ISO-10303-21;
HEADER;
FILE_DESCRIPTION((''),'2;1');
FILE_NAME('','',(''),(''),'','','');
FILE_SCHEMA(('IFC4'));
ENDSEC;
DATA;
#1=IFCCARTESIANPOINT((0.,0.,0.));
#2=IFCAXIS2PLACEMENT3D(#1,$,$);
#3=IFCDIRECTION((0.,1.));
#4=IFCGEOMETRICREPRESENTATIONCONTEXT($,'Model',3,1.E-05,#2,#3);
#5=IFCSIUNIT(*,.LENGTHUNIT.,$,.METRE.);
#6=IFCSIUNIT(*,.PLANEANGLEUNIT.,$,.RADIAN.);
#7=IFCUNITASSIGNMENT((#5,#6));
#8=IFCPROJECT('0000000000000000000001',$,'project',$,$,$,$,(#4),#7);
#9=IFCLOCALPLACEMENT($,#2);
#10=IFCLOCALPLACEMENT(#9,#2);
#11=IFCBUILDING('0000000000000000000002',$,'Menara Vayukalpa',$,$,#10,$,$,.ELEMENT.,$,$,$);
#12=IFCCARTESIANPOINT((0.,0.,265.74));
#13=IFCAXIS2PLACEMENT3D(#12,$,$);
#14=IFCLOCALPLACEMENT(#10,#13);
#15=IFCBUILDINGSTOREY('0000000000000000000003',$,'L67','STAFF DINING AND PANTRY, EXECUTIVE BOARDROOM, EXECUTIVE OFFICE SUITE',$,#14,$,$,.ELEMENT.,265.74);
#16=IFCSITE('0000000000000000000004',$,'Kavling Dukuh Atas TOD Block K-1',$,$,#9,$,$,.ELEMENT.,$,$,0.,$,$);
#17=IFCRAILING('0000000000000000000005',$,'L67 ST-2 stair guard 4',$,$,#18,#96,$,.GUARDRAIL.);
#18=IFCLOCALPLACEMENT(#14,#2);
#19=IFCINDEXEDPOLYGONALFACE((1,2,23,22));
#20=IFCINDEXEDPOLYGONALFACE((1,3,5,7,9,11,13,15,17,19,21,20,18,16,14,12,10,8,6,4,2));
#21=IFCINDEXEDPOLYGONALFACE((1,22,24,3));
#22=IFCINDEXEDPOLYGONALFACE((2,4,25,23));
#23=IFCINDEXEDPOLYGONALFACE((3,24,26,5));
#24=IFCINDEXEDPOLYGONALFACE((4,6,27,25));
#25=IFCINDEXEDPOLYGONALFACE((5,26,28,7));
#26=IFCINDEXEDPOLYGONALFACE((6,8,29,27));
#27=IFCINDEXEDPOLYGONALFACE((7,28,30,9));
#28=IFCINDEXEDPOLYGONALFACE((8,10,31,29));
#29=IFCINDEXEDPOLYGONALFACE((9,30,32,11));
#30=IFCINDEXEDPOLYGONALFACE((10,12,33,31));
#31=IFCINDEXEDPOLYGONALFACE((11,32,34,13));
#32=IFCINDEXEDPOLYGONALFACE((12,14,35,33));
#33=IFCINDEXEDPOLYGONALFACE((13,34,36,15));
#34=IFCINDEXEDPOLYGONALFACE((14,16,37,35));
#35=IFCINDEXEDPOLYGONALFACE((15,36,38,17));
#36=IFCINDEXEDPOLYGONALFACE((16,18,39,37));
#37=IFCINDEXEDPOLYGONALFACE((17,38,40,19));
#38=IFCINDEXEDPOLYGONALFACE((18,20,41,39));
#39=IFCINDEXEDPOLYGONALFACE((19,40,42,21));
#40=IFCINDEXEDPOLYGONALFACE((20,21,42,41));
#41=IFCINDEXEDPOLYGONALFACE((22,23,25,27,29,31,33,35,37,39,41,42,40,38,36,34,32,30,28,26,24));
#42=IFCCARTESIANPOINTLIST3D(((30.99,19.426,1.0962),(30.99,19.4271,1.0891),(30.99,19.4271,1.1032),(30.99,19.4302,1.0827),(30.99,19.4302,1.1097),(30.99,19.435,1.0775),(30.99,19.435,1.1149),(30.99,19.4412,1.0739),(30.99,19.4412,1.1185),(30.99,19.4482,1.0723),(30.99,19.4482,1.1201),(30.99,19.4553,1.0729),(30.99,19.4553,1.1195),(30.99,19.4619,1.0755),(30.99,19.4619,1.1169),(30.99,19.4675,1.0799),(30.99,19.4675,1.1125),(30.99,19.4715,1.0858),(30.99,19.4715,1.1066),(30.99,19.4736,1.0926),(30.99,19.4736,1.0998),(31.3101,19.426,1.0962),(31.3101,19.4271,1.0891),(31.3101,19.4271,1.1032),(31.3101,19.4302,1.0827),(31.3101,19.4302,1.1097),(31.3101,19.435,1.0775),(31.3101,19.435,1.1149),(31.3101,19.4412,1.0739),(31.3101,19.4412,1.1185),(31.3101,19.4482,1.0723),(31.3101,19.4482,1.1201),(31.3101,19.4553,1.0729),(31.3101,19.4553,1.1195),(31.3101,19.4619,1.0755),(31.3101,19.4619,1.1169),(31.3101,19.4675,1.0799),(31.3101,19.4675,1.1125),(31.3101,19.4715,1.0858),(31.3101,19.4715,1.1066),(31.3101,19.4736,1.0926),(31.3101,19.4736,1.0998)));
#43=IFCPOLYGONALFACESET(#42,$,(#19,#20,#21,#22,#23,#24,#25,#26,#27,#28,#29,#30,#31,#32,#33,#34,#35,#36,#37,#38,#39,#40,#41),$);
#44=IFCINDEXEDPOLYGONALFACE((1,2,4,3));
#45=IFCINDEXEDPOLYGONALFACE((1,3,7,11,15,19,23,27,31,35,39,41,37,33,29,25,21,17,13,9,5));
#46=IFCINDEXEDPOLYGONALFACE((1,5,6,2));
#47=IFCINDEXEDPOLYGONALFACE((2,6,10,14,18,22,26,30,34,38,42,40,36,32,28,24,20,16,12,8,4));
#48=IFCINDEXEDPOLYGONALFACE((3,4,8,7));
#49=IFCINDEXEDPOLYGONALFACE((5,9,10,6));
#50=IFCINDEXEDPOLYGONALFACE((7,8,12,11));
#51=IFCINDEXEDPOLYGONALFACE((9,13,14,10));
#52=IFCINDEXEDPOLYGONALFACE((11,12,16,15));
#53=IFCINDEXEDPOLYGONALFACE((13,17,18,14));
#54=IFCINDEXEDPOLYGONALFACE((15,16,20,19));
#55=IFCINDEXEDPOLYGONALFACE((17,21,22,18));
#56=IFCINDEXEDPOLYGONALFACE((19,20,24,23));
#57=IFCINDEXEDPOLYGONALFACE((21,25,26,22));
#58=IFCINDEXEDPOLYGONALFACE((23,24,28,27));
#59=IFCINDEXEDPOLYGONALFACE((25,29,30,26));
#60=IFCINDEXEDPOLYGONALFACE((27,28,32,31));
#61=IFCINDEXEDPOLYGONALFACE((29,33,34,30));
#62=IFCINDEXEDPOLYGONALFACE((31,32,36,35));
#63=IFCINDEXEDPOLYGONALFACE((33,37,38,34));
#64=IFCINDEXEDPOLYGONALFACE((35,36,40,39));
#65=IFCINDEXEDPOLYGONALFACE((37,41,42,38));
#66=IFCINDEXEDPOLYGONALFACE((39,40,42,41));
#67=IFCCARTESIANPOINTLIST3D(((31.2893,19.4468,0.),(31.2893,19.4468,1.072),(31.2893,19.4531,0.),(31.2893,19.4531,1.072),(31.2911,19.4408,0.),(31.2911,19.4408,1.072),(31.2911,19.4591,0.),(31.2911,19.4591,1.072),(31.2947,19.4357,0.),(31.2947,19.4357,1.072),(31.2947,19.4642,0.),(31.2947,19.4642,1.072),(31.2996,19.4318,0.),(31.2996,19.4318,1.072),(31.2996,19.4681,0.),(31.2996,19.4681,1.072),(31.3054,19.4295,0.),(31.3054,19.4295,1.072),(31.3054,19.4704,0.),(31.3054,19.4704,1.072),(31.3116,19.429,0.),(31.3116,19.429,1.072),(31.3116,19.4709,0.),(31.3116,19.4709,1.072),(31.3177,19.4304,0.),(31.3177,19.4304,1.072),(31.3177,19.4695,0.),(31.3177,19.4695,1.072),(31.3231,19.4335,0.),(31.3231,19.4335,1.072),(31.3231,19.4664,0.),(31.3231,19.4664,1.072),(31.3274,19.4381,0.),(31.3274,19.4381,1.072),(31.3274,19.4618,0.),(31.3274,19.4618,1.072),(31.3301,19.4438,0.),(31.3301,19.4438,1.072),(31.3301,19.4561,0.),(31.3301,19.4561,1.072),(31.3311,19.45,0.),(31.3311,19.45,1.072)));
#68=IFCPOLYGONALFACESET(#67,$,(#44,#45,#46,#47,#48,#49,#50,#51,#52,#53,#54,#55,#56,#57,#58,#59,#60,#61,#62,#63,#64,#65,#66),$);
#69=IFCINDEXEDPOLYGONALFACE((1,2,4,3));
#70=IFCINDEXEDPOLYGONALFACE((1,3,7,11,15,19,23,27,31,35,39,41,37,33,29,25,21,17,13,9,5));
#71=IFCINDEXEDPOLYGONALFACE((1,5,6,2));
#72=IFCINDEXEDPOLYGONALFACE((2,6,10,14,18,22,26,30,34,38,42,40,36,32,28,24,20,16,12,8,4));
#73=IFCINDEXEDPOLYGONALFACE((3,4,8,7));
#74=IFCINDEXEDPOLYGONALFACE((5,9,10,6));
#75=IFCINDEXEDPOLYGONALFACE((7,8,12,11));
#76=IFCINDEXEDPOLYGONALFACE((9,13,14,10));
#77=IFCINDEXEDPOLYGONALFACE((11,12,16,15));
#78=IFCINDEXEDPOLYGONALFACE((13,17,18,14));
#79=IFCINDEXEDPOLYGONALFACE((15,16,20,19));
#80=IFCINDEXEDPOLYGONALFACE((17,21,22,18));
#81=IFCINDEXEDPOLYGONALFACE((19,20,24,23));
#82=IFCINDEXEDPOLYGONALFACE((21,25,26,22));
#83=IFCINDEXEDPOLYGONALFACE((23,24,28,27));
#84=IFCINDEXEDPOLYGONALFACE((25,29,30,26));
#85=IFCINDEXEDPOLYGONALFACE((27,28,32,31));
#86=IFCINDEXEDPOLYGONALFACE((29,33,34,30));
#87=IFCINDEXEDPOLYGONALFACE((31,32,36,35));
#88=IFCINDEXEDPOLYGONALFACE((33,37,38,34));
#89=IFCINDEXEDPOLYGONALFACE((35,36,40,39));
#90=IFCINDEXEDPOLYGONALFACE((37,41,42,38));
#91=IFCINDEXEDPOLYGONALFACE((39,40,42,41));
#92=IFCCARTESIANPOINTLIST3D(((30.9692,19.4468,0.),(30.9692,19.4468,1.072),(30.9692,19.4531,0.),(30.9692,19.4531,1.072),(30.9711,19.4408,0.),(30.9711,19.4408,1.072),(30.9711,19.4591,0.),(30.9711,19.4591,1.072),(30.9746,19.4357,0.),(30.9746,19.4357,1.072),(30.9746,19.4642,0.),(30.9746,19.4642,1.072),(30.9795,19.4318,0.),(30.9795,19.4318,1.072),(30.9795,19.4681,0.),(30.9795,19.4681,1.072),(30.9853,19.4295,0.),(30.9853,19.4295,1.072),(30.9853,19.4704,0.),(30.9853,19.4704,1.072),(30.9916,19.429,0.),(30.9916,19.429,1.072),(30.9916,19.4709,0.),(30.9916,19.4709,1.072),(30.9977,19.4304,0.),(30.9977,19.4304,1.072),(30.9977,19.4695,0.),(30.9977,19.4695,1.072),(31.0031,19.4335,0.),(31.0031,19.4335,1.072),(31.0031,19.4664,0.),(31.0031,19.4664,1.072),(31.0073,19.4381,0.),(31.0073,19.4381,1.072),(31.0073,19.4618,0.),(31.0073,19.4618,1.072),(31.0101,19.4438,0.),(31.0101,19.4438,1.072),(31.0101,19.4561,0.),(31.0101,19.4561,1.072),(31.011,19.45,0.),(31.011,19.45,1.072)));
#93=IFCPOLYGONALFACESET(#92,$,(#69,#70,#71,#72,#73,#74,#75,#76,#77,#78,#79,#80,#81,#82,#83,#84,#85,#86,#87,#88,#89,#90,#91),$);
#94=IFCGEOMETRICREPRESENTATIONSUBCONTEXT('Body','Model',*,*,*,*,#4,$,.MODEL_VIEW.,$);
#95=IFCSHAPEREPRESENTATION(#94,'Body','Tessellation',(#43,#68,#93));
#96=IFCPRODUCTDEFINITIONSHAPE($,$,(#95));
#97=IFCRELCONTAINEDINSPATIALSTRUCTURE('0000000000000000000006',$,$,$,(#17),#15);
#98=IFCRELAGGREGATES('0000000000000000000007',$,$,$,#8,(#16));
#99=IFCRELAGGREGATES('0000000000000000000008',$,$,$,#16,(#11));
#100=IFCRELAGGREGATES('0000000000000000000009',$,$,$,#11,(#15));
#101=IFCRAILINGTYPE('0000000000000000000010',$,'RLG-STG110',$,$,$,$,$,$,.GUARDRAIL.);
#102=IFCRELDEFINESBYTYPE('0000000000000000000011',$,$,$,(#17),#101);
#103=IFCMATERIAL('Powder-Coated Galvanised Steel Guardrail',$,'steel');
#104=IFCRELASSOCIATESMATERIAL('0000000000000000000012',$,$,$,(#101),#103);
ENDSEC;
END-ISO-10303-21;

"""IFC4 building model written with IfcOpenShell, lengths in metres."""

from ifc_helpers import new_model, si_unit, direction, frame, origin, origin_2d, place, context, subcontext, project, spatial, circle, extrude, material, type_object, element, save


model = new_model("IFC4")

# Units and contexts
model_context = context("Model", 3, precision=1e-05, world=origin(), true_north=direction((0.0, 1.0)))
body_context = subcontext(model_context, "Body", "Model", "MODEL_VIEW")
ifc_project = project(units=[si_unit("LENGTHUNIT", "METRE"), si_unit("PLANEANGLEUNIT", "RADIAN")], contexts=[model_context])

# Site, building, storey
site_placement = place(None, origin())
site = spatial("IfcSite", under=ifc_project, at=site_placement, Name="Kavling Dukuh Atas TOD Block K-1", CompositionType="ELEMENT", RefElevation=0.0)
building_placement = place(site_placement, origin())
building = spatial("IfcBuilding", under=site, at=building_placement, Name="Menara Vayukalpa", CompositionType="ELEMENT")
storey_placement = place(building_placement, frame((0.0, 0.0, 265.74)))
storey = spatial("IfcBuildingStorey", under=building, at=storey_placement, Name="L67", Description="STAFF DINING AND PANTRY, EXECUTIVE BOARDROOM, EXECUTIVE OFFICE SUITE", CompositionType="ELEMENT", Elevation=265.74)

# Railing
ifc_material_1 = material(Name="Powder-Coated Galvanised Steel Guardrail", Category="steel")
railing_type_1 = type_object("IfcRailingType", Name="RLG-STG110", PredefinedType="GUARDRAIL", material=ifc_material_1)
railing_1_placement = place(storey_placement, frame((31.3101, 19.45, 0.0)))
element("IfcRailing", 1, at=railing_1_placement, inside=storey, type_object=railing_type_1, Name="L67 ST-2 stair guard 4", PredefinedType="GUARDRAIL", context=body_context, shape_type="SweptSolid", body=[
    extrude(circle(Radius=0.0239, at=origin_2d()), frame((0.0, 0.0, 1.0962), z_axis=(-1.0, 0.0, 0.0), x_axis=(0.0, -1.0, 0.0)), (0.0, 0.0, 1.0), 0.3201),
    extrude(circle(Radius=0.021, at=origin_2d()), origin(), (0.0, 0.0, 1.0), 1.072),
    extrude(circle(Radius=0.021, at=origin_2d()), frame((-0.3201, 0.0, 0.0)), (0.0, 0.0, 1.0), 1.072),
])

save(model, "model.ifc")
